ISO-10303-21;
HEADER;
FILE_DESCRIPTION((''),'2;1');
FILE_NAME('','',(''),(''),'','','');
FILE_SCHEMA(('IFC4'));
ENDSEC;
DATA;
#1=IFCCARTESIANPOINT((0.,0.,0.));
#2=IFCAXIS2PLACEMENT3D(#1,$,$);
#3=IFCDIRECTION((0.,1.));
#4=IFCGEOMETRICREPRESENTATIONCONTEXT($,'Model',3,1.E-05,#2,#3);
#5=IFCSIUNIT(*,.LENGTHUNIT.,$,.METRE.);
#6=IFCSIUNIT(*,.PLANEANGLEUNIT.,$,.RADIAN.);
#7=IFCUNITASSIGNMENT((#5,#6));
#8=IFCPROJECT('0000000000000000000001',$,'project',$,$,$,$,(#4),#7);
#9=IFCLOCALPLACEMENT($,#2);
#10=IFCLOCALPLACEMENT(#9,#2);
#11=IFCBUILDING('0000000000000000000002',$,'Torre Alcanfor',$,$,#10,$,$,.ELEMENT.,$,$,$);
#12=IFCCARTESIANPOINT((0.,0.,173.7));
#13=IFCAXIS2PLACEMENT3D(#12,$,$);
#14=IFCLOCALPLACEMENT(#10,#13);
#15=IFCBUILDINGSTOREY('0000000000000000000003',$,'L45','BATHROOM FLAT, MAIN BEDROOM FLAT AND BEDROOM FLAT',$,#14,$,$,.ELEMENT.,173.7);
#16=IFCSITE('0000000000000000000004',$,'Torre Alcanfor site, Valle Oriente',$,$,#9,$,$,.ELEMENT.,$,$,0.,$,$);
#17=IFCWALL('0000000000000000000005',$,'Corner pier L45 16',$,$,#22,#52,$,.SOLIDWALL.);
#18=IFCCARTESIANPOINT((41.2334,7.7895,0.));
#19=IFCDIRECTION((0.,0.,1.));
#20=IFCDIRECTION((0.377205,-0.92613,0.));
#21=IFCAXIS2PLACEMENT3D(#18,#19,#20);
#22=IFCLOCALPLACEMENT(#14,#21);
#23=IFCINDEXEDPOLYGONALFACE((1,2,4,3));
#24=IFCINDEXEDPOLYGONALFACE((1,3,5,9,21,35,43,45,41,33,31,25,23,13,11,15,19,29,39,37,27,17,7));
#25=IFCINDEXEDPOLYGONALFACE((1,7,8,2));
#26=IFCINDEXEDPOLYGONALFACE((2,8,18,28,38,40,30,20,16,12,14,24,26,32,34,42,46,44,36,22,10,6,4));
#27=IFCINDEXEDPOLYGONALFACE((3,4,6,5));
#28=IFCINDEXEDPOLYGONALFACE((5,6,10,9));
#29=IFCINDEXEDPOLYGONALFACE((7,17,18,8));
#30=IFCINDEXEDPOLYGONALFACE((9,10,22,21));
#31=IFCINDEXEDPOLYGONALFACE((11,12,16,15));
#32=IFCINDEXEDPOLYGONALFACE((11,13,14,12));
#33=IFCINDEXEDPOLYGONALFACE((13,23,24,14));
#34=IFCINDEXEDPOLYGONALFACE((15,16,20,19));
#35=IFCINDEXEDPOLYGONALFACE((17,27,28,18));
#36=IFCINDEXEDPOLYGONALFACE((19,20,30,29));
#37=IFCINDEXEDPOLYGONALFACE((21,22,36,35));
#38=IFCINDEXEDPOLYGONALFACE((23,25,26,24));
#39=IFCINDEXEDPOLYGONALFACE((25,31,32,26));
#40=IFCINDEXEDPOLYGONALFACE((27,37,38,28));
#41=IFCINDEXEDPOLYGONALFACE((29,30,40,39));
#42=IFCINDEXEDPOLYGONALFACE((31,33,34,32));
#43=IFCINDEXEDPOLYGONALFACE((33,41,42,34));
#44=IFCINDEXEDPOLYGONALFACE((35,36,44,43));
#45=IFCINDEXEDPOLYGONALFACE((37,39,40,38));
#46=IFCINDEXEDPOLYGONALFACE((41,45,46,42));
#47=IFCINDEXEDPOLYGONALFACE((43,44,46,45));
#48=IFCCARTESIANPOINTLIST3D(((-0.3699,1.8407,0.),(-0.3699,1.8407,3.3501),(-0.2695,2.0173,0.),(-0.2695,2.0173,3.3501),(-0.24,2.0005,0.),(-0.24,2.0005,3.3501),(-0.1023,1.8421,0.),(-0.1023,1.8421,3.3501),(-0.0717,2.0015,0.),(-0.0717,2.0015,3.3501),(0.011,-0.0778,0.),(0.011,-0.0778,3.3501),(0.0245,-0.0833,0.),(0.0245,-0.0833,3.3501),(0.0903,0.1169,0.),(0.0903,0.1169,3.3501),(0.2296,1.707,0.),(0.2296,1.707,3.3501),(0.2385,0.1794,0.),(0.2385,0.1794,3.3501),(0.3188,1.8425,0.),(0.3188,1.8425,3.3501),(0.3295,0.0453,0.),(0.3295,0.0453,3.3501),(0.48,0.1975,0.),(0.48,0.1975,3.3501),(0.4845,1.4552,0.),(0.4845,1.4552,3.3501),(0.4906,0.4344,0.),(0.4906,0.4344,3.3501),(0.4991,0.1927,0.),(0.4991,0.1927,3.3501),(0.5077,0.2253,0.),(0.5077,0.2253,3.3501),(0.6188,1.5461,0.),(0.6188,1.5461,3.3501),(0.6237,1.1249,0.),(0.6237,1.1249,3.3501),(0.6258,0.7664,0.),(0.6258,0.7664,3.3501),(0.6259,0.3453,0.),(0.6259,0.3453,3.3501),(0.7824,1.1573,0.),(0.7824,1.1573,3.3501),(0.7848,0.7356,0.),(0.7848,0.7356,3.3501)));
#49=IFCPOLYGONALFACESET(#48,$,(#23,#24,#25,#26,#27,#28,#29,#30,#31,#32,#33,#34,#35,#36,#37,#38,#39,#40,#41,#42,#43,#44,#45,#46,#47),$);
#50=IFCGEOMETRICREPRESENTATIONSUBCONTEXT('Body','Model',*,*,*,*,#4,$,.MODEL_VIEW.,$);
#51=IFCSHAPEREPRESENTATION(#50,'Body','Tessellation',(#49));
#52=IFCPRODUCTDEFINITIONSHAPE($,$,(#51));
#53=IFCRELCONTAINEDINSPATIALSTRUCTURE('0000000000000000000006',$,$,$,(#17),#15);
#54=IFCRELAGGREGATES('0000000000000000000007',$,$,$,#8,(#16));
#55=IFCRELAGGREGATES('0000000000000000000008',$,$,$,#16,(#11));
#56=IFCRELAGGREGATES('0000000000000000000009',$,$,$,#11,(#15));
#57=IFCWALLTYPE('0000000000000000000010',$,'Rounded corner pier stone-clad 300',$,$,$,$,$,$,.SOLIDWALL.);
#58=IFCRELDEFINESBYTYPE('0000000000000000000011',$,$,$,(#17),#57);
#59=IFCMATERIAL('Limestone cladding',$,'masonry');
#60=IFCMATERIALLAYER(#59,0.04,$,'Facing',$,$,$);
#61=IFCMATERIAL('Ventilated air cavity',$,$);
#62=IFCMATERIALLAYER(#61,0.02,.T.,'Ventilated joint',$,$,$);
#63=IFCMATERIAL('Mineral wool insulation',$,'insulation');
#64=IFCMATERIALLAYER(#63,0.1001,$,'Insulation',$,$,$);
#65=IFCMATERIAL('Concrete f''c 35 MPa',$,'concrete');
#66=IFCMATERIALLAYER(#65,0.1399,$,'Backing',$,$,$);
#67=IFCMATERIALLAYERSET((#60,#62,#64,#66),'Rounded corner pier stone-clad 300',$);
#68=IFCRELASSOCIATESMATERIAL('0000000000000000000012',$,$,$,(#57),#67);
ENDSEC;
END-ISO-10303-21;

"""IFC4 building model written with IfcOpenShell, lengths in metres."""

from ifc_helpers import new_model, si_unit, direction, frame, origin, place, context, subcontext, project, spatial, polyline, outline, extrude, material, layer, layer_set, type_object, element, save


model = new_model("IFC4")

# Units and contexts
model_context = context("Model", 3, precision=1e-05, world=origin(), true_north=direction((0.0, 1.0)))
body_context = subcontext(model_context, "Body", "Model", "MODEL_VIEW")
ifc_project = project(units=[si_unit("LENGTHUNIT", "METRE"), si_unit("PLANEANGLEUNIT", "RADIAN")], contexts=[model_context])

# Site, building, storey
site_placement = place(None, origin())
site = spatial("IfcSite", under=ifc_project, at=site_placement, Name="Torre Alcanfor site, Valle Oriente", CompositionType="ELEMENT", RefElevation=0.0)
building_placement = place(site_placement, origin())
building = spatial("IfcBuilding", under=site, at=building_placement, Name="Torre Alcanfor", CompositionType="ELEMENT")
storey_placement = place(building_placement, frame((0.0, 0.0, 173.7)))
storey = spatial("IfcBuildingStorey", under=building, at=storey_placement, Name="L45", Description="BATHROOM FLAT, MAIN BEDROOM FLAT AND BEDROOM FLAT", CompositionType="ELEMENT", Elevation=173.7)

# Shared definitions
ifc_material_1 = material(Name="Limestone cladding", Category="masonry")
ifc_material_2 = material(Name="Ventilated air cavity")
ifc_material_3 = material(Name="Mineral wool insulation", Category="insulation")
ifc_material_4 = material(Name="Concrete f'c 35 MPa", Category="concrete")

# Wall
ifc_layer_1 = layer(ifc_material_1, 0.04, Name="Facing")
ifc_layer_2 = layer(ifc_material_2, 0.02, ventilated=True, Name="Ventilated joint")
ifc_layer_3 = layer(ifc_material_3, 0.1001, Name="Insulation")
ifc_layer_4 = layer(ifc_material_4, 0.1399, Name="Backing")
ifc_layer_set_1 = layer_set([ifc_layer_1, ifc_layer_2, ifc_layer_3, ifc_layer_4], Name="Rounded corner pier stone-clad 300")
wall_type_1 = type_object("IfcWallType", Name="Rounded corner pier stone-clad 300", PredefinedType="SOLIDWALL", material=ifc_layer_set_1)
wall_1_placement = place(storey_placement, frame((41.2334, 7.7895, 0.0), z_axis=(0.0, 0.0, 1.0), x_axis=(0.377205, -0.92613, 0.0)))
element("IfcWall", 1, at=wall_1_placement, inside=storey, type_object=wall_type_1, Name="Corner pier L45 16", PredefinedType="SOLIDWALL", context=body_context, shape_type="SweptSolid", body=[
    extrude(outline(polyline([(0.3188, 1.8425), (-0.0717, 2.0015), (-0.24, 2.0005), (-0.2695, 2.0173), (-0.3699, 1.8407), (-0.1023, 1.8421), (0.2296, 1.707), (0.4845, 1.4552), (0.6237, 1.1249), (0.6258, 0.7664), (0.4906, 0.4344), (0.2385, 0.1794), (0.0903, 0.1169), (0.011, -0.0778), (0.0245, -0.0833), (0.3295, 0.0453), (0.48, 0.1975), (0.4991, 0.1927), (0.5077, 0.2253), (0.6259, 0.3453), (0.7848, 0.7356), (0.7824, 1.1573), (0.6188, 1.5461), (0.3188, 1.8425)])), origin(), (0.0, 0.0, 1.0), 3.3501),
])

save(model, "model.ifc")
